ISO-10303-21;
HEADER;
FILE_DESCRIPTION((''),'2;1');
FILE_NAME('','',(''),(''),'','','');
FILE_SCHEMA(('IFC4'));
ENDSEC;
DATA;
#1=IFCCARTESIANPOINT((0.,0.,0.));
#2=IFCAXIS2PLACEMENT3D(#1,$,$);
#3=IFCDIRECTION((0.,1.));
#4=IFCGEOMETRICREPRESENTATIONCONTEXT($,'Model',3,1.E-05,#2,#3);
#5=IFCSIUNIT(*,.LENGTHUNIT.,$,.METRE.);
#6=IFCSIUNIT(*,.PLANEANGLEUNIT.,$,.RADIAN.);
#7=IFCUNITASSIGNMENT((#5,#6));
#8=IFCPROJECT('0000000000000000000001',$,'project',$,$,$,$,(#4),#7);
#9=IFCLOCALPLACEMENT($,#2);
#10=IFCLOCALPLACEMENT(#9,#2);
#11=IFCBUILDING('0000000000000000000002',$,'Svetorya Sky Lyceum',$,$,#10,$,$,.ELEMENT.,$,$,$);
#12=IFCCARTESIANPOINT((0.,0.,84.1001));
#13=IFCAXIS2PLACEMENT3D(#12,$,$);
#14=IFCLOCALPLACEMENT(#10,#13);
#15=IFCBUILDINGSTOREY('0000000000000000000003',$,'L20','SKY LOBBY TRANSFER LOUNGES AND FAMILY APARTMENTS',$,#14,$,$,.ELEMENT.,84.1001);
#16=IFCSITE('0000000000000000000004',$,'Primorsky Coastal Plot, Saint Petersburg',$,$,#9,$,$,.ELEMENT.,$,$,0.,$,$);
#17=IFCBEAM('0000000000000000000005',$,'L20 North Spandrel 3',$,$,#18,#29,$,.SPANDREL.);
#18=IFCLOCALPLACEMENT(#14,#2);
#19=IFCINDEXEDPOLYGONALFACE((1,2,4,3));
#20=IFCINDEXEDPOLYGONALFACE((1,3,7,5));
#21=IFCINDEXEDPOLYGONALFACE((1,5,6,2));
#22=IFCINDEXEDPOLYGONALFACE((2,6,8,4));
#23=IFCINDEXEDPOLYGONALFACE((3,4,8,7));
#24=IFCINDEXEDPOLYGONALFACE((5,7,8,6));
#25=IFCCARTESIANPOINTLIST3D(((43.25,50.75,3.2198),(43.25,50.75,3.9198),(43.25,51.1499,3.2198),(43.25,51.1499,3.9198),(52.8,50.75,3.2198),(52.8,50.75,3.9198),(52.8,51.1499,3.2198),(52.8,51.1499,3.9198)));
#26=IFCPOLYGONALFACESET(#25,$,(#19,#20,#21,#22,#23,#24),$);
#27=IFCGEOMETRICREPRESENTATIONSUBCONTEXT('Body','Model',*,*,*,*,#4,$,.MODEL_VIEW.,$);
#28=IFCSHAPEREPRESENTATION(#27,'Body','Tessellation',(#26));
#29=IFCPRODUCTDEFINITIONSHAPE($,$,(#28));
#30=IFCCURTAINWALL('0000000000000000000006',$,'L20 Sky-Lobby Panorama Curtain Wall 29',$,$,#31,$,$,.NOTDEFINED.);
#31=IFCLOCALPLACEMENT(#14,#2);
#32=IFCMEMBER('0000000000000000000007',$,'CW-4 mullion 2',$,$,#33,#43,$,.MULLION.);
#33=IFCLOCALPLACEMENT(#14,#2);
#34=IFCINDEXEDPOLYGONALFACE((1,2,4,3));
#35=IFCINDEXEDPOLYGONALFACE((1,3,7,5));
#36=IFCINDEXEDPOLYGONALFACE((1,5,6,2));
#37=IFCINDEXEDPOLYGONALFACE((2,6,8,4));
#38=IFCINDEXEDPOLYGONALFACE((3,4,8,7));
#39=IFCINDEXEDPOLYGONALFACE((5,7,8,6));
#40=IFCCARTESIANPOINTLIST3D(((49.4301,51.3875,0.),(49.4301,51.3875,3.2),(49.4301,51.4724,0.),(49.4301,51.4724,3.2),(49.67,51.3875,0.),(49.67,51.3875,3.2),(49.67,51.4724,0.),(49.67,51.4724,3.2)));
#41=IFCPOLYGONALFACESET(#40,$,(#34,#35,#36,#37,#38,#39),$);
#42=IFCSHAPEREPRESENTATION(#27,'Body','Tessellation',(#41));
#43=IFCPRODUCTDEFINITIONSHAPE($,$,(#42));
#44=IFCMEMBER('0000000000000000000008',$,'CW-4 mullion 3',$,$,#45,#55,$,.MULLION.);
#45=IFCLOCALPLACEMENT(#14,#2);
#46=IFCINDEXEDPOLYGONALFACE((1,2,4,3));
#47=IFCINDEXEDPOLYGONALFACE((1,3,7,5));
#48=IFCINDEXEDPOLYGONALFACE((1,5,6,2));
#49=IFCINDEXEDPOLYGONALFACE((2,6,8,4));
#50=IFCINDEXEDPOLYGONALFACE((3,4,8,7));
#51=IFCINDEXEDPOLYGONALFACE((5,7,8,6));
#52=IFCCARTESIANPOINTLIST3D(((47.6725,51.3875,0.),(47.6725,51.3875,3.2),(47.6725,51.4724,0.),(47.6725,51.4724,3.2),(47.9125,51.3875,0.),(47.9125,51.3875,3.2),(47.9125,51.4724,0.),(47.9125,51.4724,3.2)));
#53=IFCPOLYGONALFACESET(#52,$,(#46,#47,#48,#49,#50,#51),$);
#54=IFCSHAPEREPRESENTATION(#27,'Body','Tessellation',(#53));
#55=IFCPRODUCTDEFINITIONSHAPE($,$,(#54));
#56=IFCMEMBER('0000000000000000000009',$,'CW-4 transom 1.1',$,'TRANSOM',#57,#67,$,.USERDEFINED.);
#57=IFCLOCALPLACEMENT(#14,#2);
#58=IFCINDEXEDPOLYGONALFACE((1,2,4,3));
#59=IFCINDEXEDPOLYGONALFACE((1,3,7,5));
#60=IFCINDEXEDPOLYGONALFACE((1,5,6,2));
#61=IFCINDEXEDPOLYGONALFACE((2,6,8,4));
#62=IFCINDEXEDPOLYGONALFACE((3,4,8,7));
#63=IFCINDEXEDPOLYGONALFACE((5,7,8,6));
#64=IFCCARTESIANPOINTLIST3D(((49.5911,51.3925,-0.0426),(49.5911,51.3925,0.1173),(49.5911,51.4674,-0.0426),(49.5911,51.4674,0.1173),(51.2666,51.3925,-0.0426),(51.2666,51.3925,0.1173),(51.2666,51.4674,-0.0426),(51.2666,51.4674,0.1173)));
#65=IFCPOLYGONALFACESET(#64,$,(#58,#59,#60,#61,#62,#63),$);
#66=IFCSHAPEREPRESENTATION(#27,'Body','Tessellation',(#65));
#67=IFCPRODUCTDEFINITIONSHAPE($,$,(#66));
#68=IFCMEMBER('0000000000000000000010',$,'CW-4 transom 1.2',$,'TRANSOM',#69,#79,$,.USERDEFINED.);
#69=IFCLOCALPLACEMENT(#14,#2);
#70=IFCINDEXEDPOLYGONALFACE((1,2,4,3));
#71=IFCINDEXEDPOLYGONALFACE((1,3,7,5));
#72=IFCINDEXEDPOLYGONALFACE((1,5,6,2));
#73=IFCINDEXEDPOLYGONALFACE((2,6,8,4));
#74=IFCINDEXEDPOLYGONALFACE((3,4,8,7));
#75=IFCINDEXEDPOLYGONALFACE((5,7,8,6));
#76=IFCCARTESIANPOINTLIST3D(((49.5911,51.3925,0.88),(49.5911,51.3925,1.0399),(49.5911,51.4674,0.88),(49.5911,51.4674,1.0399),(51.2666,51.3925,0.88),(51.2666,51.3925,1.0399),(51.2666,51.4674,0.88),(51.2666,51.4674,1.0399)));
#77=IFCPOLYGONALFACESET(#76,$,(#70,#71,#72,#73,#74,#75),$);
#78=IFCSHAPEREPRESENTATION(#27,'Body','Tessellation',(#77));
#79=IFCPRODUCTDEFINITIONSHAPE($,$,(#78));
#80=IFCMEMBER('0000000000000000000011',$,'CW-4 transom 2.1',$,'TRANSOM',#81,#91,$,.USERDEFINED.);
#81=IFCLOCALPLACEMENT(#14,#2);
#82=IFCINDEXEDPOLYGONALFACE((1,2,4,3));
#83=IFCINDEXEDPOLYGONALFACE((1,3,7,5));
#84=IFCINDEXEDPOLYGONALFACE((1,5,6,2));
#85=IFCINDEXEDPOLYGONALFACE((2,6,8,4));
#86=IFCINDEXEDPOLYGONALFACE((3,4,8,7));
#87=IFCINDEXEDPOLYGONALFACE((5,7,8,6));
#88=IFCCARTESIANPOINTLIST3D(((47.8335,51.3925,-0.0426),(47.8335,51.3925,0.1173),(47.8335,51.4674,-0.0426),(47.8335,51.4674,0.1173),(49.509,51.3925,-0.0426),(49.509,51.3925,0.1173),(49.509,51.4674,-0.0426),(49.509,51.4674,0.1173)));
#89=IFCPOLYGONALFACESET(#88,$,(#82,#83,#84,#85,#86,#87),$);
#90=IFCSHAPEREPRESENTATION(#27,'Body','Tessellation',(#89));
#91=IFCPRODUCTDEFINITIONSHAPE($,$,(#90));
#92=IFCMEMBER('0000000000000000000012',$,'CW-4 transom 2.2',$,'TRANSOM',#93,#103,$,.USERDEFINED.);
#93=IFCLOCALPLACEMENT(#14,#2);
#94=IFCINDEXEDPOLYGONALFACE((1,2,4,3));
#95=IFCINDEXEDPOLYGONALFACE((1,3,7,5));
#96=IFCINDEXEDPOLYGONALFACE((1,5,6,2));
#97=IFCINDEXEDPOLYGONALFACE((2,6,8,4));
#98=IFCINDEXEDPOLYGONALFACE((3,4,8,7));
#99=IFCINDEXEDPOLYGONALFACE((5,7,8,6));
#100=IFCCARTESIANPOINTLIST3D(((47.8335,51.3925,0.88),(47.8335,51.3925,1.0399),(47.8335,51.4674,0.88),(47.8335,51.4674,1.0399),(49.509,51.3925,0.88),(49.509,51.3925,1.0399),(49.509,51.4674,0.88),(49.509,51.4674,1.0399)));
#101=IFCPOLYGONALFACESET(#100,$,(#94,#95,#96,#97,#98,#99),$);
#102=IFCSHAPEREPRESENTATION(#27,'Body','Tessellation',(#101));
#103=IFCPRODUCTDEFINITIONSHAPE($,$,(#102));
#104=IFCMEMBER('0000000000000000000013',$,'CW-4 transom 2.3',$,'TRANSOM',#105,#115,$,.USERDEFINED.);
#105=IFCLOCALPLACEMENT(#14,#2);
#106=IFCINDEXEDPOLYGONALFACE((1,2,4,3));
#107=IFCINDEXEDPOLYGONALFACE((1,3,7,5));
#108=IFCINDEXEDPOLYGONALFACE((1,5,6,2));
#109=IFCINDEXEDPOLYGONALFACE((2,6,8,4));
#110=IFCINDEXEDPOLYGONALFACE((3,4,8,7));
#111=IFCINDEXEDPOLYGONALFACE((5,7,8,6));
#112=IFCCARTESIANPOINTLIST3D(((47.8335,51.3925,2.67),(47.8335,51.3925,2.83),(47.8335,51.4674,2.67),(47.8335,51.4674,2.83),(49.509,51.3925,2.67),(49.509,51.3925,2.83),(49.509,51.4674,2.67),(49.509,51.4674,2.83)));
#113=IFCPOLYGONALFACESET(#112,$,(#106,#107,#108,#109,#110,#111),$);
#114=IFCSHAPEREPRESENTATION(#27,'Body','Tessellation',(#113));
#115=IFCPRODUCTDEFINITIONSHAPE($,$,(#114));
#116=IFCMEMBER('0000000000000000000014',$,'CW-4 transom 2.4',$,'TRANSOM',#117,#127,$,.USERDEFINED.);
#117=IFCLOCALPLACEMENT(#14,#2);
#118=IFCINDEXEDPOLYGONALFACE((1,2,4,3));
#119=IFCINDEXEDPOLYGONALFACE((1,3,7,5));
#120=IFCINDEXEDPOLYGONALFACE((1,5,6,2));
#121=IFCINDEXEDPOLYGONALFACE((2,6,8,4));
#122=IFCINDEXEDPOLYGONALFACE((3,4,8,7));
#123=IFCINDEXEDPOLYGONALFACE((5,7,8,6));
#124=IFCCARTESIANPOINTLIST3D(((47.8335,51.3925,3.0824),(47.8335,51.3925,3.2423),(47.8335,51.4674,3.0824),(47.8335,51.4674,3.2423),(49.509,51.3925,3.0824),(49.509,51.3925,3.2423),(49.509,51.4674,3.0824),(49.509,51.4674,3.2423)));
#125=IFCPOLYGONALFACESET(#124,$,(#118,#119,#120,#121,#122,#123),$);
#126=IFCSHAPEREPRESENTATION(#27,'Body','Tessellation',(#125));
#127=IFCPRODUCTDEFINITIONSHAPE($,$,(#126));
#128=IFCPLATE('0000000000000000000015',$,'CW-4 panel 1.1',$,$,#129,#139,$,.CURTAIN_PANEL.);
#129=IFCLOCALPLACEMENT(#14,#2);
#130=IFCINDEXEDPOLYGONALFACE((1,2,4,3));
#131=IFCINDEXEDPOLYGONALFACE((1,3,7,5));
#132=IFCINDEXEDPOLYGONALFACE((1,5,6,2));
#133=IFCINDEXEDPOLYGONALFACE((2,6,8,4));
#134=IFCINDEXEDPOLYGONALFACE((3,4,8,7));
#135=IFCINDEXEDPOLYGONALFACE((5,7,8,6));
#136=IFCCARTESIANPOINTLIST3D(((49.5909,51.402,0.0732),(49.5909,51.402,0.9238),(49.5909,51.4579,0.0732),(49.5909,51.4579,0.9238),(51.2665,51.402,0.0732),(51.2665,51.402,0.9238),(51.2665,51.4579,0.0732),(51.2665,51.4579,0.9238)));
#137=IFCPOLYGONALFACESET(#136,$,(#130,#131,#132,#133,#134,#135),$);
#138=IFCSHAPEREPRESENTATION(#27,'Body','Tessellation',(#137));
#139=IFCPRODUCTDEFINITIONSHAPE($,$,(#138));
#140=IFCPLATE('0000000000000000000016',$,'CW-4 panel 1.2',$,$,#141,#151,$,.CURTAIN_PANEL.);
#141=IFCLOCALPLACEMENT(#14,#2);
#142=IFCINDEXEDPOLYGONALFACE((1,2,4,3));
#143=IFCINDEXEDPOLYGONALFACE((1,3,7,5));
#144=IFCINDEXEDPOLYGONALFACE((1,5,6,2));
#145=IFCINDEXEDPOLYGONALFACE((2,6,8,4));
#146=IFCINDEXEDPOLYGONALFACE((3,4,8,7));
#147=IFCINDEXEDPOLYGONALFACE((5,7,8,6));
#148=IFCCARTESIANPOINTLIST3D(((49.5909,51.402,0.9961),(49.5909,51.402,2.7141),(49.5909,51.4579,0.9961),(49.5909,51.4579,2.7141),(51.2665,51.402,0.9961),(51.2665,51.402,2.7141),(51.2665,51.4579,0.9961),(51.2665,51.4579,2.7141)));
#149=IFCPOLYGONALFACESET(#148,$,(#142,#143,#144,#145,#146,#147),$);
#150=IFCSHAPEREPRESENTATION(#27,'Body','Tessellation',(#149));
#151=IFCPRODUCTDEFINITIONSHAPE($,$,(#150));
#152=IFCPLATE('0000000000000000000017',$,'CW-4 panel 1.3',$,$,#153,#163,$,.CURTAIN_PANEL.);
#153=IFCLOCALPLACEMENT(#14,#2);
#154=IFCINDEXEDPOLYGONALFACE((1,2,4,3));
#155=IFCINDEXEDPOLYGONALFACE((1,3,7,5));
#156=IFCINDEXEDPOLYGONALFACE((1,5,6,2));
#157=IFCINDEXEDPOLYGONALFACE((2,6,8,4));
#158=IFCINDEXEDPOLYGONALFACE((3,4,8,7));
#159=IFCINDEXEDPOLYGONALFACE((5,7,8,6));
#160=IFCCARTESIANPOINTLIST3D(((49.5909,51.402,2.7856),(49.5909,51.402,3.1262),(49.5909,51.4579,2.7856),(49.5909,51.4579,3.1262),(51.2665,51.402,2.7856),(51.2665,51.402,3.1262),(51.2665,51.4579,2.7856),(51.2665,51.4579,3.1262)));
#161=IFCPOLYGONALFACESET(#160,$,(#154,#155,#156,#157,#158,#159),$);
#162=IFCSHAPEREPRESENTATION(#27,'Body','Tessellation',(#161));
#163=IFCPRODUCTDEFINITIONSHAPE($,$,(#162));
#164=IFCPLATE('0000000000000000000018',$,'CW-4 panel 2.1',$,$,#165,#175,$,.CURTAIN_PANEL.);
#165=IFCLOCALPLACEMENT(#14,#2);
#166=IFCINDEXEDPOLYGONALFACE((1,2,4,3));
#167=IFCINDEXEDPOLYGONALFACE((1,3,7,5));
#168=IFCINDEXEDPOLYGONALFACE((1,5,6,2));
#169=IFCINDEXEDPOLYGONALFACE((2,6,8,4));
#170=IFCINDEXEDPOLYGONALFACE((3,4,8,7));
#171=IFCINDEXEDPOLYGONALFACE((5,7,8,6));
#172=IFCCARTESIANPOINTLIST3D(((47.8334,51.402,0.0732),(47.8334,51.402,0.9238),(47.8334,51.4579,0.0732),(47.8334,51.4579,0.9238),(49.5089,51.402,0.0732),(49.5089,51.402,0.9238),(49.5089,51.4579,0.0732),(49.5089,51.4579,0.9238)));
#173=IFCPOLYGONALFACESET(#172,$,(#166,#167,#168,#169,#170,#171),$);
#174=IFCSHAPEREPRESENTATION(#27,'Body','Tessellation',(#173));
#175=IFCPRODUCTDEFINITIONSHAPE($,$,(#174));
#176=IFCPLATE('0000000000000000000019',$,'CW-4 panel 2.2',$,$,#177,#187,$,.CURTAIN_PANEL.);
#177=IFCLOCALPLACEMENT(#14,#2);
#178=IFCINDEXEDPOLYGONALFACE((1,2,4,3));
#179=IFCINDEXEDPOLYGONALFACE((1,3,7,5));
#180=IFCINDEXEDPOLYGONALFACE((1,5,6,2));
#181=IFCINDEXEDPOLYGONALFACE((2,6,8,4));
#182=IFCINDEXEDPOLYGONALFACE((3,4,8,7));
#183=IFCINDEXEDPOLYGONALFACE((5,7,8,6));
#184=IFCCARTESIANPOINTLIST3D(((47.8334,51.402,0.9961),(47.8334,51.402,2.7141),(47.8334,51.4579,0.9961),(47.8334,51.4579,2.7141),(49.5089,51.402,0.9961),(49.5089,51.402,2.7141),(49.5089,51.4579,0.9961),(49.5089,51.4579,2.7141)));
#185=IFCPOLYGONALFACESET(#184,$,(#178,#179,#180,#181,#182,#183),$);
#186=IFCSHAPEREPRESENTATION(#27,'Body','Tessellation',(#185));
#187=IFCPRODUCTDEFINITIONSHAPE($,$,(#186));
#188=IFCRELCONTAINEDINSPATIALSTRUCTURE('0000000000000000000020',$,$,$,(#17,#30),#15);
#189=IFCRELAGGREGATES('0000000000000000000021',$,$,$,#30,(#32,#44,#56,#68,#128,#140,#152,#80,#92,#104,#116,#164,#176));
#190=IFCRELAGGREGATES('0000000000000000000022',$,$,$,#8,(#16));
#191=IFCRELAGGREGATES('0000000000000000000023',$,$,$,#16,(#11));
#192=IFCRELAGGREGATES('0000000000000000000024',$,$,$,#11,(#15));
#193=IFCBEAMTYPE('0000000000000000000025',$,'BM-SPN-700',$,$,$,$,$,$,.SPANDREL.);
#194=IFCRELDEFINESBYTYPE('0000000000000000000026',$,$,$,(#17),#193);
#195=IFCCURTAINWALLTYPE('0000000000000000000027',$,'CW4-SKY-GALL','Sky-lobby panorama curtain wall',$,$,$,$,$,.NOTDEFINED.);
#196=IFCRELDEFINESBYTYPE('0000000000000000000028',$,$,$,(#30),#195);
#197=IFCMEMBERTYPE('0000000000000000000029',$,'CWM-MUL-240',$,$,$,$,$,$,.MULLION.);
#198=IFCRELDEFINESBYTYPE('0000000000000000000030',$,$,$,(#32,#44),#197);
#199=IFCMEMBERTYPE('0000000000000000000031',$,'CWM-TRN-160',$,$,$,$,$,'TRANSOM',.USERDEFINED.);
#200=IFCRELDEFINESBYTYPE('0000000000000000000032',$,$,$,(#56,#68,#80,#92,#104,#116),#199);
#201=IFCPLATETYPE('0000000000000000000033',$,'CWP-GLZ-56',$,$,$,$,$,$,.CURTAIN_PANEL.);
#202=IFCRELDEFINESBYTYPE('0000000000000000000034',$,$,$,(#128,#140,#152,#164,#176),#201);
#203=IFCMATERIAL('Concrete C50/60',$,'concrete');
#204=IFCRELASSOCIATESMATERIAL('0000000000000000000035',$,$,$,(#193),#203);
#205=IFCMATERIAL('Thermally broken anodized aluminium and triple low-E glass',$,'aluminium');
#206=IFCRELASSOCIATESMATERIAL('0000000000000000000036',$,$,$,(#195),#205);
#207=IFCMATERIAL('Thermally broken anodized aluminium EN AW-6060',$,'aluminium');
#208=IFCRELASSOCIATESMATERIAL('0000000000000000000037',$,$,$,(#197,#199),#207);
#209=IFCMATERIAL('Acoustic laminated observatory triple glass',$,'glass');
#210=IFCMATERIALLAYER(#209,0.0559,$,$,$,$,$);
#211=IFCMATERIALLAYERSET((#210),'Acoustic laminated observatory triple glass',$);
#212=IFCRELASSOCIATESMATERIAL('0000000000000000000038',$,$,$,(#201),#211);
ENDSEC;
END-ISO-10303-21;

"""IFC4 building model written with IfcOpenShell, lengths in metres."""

from ifc_helpers import new_model, si_unit, direction, frame, origin, origin_2d, place, context, subcontext, project, spatial, rectangle, extrude, material, layer, layer_set, material_profile, profile_set, type_object, element, aggregate, save


model = new_model("IFC4")

# Units and contexts
model_context = context("Model", 3, precision=1e-05, world=origin(), true_north=direction((0.0, 1.0)))
body_context = subcontext(model_context, "Body", "Model", "MODEL_VIEW")
ifc_project = project(units=[si_unit("LENGTHUNIT", "METRE"), si_unit("PLANEANGLEUNIT", "RADIAN")], contexts=[model_context])

# Site, building, storey
site_placement = place(None, origin())
site = spatial("IfcSite", under=ifc_project, at=site_placement, Name="Primorsky Coastal Plot, Saint Petersburg", CompositionType="ELEMENT", RefElevation=0.0)
building_placement = place(site_placement, origin())
building = spatial("IfcBuilding", under=site, at=building_placement, Name="Svetorya Sky Lyceum", CompositionType="ELEMENT")
storey_placement = place(building_placement, frame((0.0, 0.0, 84.1001)))
storey = spatial("IfcBuildingStorey", under=building, at=storey_placement, Name="L20", Description="SKY LOBBY TRANSFER LOUNGES AND FAMILY APARTMENTS", CompositionType="ELEMENT", Elevation=84.1001)

# Beam
ifc_material_1 = material(Name="Concrete C50/60", Category="concrete")
ifc_material_profile_1 = material_profile(ifc_material_1, rectangle(XDim=0.3999, YDim=0.7, at=origin_2d()), Name="RC SPANDREL 400x700")
ifc_profile_set_1 = profile_set([ifc_material_profile_1], Name="Concrete C50/60")
beam_type = type_object("IfcBeamType", Name="BM-SPN-700", PredefinedType="SPANDREL", material=ifc_profile_set_1)
beam_placement = place(storey_placement, frame((43.25, 50.95, 3.5698), z_axis=(1.0, 0.0, 0.0), x_axis=(0.0, 1.0, 0.0)))
element("IfcBeam", 1, at=beam_placement, inside=storey, type_object=beam_type, Name="L20 North Spandrel 3", PredefinedType="SPANDREL", context=body_context, shape_type="SweptSolid", body=[
    extrude(rectangle(XDim=0.3999, YDim=0.7, at=origin_2d()), origin(), (0.0, 0.0, 1.0), 9.55),
])

# Curtain wall, members, plates
ifc_material_2 = material(Name="Thermally broken anodized aluminium and triple low-E glass", Category="aluminium")
curtain_wall_type = type_object("IfcCurtainWallType", Name="CW4-SKY-GALL", Description="Sky-lobby panorama curtain wall", PredefinedType="NOTDEFINED", material=ifc_material_2)
curtain_wall_placement = place(storey_placement, origin())
curtain_wall = element("IfcCurtainWall", 2, at=curtain_wall_placement, inside=storey, type_object=curtain_wall_type, Name="L20 Sky-Lobby Panorama Curtain Wall 29", PredefinedType="NOTDEFINED")
ifc_material_3 = material(Name="Thermally broken anodized aluminium EN AW-6060", Category="aluminium")
ifc_material_profile_2 = material_profile(ifc_material_3, rectangle(XDim=0.085, YDim=0.24, at=origin_2d()), Name="ALU MULLION 85x240")
ifc_profile_set_2 = profile_set([ifc_material_profile_2], Name="Thermally broken anodized aluminium EN AW-6060")
member_type_1 = type_object("IfcMemberType", Name="CWM-MUL-240", PredefinedType="MULLION", material=ifc_profile_set_2)
member_1_placement = place(storey_placement, frame((49.55, 51.4299, 0.0), z_axis=(0.0, 0.0, 1.0), x_axis=(0.0, -1.0, 0.0)))
member_1 = element("IfcMember", 3, at=member_1_placement, type_object=member_type_1, Name="CW-4 mullion 2", PredefinedType="MULLION", context=body_context, shape_type="SweptSolid", body=[
    extrude(rectangle(XDim=0.085, YDim=0.24, at=origin_2d()), origin(), (0.0, 0.0, 1.0), 3.2),
])
member_2_placement = place(storey_placement, frame((47.7925, 51.4299, 0.0), z_axis=(0.0, 0.0, 1.0), x_axis=(0.0, -1.0, 0.0)))
member_2 = element("IfcMember", 4, at=member_2_placement, type_object=member_type_1, Name="CW-4 mullion 3", PredefinedType="MULLION", context=body_context, shape_type="SweptSolid", body=[
    extrude(rectangle(XDim=0.085, YDim=0.24, at=origin_2d()), origin(), (0.0, 0.0, 1.0), 3.2),
])
ifc_material_profile_3 = material_profile(ifc_material_3, rectangle(XDim=0.075, YDim=0.1599, at=origin_2d()), Name="ALU TRANSOM 75x160")
ifc_profile_set_3 = profile_set([ifc_material_profile_3], Name="Thermally broken anodized aluminium EN AW-6060")
member_type_2 = type_object("IfcMemberType", Name="CWM-TRN-160", ElementType="TRANSOM", PredefinedType="USERDEFINED", material=ifc_profile_set_3)
member_3_placement = place(storey_placement, frame((51.2666, 51.4299, 0.0374), z_axis=(-1.0, 0.0, 0.0), x_axis=(0.0, -1.0, 0.0)))
member_3 = element("IfcMember", 5, at=member_3_placement, type_object=member_type_2, Name="CW-4 transom 1.1", ObjectType="TRANSOM", PredefinedType="USERDEFINED", context=body_context, shape_type="SweptSolid", body=[
    extrude(rectangle(XDim=0.075, YDim=0.1599, at=origin_2d()), origin(), (0.0, 0.0, 1.0), 1.6755),
])
member_4_placement = place(storey_placement, frame((51.2666, 51.4299, 0.96), z_axis=(-1.0, 0.0, 0.0), x_axis=(0.0, -1.0, 0.0)))
member_4 = element("IfcMember", 6, at=member_4_placement, type_object=member_type_2, Name="CW-4 transom 1.2", ObjectType="TRANSOM", PredefinedType="USERDEFINED", context=body_context, shape_type="SweptSolid", body=[
    extrude(rectangle(XDim=0.075, YDim=0.1599, at=origin_2d()), origin(), (0.0, 0.0, 1.0), 1.6755),
])
member_5_placement = place(storey_placement, frame((49.509, 51.4299, 0.0374), z_axis=(-1.0, 0.0, 0.0), x_axis=(0.0, -1.0, 0.0)))
member_5 = element("IfcMember", 7, at=member_5_placement, type_object=member_type_2, Name="CW-4 transom 2.1", ObjectType="TRANSOM", PredefinedType="USERDEFINED", context=body_context, shape_type="SweptSolid", body=[
    extrude(rectangle(XDim=0.075, YDim=0.1599, at=origin_2d()), origin(), (0.0, 0.0, 1.0), 1.6755),
])
member_6_placement = place(storey_placement, frame((49.509, 51.4299, 0.96), z_axis=(-1.0, 0.0, 0.0), x_axis=(0.0, -1.0, 0.0)))
member_6 = element("IfcMember", 8, at=member_6_placement, type_object=member_type_2, Name="CW-4 transom 2.2", ObjectType="TRANSOM", PredefinedType="USERDEFINED", context=body_context, shape_type="SweptSolid", body=[
    extrude(rectangle(XDim=0.075, YDim=0.1599, at=origin_2d()), origin(), (0.0, 0.0, 1.0), 1.6755),
])
member_7_placement = place(storey_placement, frame((49.509, 51.4299, 2.75), z_axis=(-1.0, 0.0, 0.0), x_axis=(0.0, -1.0, 0.0)))
member_7 = element("IfcMember", 9, at=member_7_placement, type_object=member_type_2, Name="CW-4 transom 2.3", ObjectType="TRANSOM", PredefinedType="USERDEFINED", context=body_context, shape_type="SweptSolid", body=[
    extrude(rectangle(XDim=0.075, YDim=0.1599, at=origin_2d()), origin(), (0.0, 0.0, 1.0), 1.6755),
])
member_8_placement = place(storey_placement, frame((49.509, 51.4299, 3.1624), z_axis=(-1.0, 0.0, 0.0), x_axis=(0.0, -1.0, 0.0)))
member_8 = element("IfcMember", 10, at=member_8_placement, type_object=member_type_2, Name="CW-4 transom 2.4", ObjectType="TRANSOM", PredefinedType="USERDEFINED", context=body_context, shape_type="SweptSolid", body=[
    extrude(rectangle(XDim=0.075, YDim=0.1599, at=origin_2d()), origin(), (0.0, 0.0, 1.0), 1.6755),
])
ifc_material_4 = material(Name="Acoustic laminated observatory triple glass", Category="glass")
ifc_layer_1 = layer(ifc_material_4, 0.0559)
ifc_layer_set_1 = layer_set([ifc_layer_1], Name="Acoustic laminated observatory triple glass")
plate_type = type_object("IfcPlateType", Name="CWP-GLZ-56", PredefinedType="CURTAIN_PANEL", material=ifc_layer_set_1)
plate_1_placement = place(storey_placement, frame((50.4287, 51.4299, 0.0732), z_axis=(0.0, 0.0, 1.0), x_axis=(-1.0, 0.0, 0.0)))
plate_1 = element("IfcPlate", 11, at=plate_1_placement, type_object=plate_type, Name="CW-4 panel 1.1", PredefinedType="CURTAIN_PANEL", context=body_context, shape_type="SweptSolid", body=[
    extrude(rectangle(XDim=1.6755, YDim=0.0559, at=origin_2d()), origin(), (0.0, 0.0, 1.0), 0.8506),
])
plate_2_placement = place(storey_placement, frame((50.4287, 51.4299, 0.9961), z_axis=(0.0, 0.0, 1.0), x_axis=(-1.0, 0.0, 0.0)))
plate_2 = element("IfcPlate", 12, at=plate_2_placement, type_object=plate_type, Name="CW-4 panel 1.2", PredefinedType="CURTAIN_PANEL", context=body_context, shape_type="SweptSolid", body=[
    extrude(rectangle(XDim=1.6755, YDim=0.0559, at=origin_2d()), origin(), (0.0, 0.0, 1.0), 1.718),
])
plate_3_placement = place(storey_placement, frame((50.4287, 51.4299, 2.7856), z_axis=(0.0, 0.0, 1.0), x_axis=(-1.0, 0.0, 0.0)))
plate_3 = element("IfcPlate", 13, at=plate_3_placement, type_object=plate_type, Name="CW-4 panel 1.3", PredefinedType="CURTAIN_PANEL", context=body_context, shape_type="SweptSolid", body=[
    extrude(rectangle(XDim=1.6755, YDim=0.0559, at=origin_2d()), origin(), (0.0, 0.0, 1.0), 0.3406),
])
plate_4_placement = place(storey_placement, frame((48.6711, 51.4299, 0.0732), z_axis=(0.0, 0.0, 1.0), x_axis=(-1.0, 0.0, 0.0)))
plate_4 = element("IfcPlate", 14, at=plate_4_placement, type_object=plate_type, Name="CW-4 panel 2.1", PredefinedType="CURTAIN_PANEL", context=body_context, shape_type="SweptSolid", body=[
    extrude(rectangle(XDim=1.6755, YDim=0.0559, at=origin_2d()), origin(), (0.0, 0.0, 1.0), 0.8506),
])
plate_5_placement = place(storey_placement, frame((48.6711, 51.4299, 0.9961), z_axis=(0.0, 0.0, 1.0), x_axis=(-1.0, 0.0, 0.0)))
plate_5 = element("IfcPlate", 15, at=plate_5_placement, type_object=plate_type, Name="CW-4 panel 2.2", PredefinedType="CURTAIN_PANEL", context=body_context, shape_type="SweptSolid", body=[
    extrude(rectangle(XDim=1.6755, YDim=0.0559, at=origin_2d()), origin(), (0.0, 0.0, 1.0), 1.718),
])
aggregate(curtain_wall, [member_1, member_2, member_3, member_4, plate_1, plate_2, plate_3, member_5, member_6, member_7, member_8, plate_4, plate_5])

save(model, "model.ifc")
